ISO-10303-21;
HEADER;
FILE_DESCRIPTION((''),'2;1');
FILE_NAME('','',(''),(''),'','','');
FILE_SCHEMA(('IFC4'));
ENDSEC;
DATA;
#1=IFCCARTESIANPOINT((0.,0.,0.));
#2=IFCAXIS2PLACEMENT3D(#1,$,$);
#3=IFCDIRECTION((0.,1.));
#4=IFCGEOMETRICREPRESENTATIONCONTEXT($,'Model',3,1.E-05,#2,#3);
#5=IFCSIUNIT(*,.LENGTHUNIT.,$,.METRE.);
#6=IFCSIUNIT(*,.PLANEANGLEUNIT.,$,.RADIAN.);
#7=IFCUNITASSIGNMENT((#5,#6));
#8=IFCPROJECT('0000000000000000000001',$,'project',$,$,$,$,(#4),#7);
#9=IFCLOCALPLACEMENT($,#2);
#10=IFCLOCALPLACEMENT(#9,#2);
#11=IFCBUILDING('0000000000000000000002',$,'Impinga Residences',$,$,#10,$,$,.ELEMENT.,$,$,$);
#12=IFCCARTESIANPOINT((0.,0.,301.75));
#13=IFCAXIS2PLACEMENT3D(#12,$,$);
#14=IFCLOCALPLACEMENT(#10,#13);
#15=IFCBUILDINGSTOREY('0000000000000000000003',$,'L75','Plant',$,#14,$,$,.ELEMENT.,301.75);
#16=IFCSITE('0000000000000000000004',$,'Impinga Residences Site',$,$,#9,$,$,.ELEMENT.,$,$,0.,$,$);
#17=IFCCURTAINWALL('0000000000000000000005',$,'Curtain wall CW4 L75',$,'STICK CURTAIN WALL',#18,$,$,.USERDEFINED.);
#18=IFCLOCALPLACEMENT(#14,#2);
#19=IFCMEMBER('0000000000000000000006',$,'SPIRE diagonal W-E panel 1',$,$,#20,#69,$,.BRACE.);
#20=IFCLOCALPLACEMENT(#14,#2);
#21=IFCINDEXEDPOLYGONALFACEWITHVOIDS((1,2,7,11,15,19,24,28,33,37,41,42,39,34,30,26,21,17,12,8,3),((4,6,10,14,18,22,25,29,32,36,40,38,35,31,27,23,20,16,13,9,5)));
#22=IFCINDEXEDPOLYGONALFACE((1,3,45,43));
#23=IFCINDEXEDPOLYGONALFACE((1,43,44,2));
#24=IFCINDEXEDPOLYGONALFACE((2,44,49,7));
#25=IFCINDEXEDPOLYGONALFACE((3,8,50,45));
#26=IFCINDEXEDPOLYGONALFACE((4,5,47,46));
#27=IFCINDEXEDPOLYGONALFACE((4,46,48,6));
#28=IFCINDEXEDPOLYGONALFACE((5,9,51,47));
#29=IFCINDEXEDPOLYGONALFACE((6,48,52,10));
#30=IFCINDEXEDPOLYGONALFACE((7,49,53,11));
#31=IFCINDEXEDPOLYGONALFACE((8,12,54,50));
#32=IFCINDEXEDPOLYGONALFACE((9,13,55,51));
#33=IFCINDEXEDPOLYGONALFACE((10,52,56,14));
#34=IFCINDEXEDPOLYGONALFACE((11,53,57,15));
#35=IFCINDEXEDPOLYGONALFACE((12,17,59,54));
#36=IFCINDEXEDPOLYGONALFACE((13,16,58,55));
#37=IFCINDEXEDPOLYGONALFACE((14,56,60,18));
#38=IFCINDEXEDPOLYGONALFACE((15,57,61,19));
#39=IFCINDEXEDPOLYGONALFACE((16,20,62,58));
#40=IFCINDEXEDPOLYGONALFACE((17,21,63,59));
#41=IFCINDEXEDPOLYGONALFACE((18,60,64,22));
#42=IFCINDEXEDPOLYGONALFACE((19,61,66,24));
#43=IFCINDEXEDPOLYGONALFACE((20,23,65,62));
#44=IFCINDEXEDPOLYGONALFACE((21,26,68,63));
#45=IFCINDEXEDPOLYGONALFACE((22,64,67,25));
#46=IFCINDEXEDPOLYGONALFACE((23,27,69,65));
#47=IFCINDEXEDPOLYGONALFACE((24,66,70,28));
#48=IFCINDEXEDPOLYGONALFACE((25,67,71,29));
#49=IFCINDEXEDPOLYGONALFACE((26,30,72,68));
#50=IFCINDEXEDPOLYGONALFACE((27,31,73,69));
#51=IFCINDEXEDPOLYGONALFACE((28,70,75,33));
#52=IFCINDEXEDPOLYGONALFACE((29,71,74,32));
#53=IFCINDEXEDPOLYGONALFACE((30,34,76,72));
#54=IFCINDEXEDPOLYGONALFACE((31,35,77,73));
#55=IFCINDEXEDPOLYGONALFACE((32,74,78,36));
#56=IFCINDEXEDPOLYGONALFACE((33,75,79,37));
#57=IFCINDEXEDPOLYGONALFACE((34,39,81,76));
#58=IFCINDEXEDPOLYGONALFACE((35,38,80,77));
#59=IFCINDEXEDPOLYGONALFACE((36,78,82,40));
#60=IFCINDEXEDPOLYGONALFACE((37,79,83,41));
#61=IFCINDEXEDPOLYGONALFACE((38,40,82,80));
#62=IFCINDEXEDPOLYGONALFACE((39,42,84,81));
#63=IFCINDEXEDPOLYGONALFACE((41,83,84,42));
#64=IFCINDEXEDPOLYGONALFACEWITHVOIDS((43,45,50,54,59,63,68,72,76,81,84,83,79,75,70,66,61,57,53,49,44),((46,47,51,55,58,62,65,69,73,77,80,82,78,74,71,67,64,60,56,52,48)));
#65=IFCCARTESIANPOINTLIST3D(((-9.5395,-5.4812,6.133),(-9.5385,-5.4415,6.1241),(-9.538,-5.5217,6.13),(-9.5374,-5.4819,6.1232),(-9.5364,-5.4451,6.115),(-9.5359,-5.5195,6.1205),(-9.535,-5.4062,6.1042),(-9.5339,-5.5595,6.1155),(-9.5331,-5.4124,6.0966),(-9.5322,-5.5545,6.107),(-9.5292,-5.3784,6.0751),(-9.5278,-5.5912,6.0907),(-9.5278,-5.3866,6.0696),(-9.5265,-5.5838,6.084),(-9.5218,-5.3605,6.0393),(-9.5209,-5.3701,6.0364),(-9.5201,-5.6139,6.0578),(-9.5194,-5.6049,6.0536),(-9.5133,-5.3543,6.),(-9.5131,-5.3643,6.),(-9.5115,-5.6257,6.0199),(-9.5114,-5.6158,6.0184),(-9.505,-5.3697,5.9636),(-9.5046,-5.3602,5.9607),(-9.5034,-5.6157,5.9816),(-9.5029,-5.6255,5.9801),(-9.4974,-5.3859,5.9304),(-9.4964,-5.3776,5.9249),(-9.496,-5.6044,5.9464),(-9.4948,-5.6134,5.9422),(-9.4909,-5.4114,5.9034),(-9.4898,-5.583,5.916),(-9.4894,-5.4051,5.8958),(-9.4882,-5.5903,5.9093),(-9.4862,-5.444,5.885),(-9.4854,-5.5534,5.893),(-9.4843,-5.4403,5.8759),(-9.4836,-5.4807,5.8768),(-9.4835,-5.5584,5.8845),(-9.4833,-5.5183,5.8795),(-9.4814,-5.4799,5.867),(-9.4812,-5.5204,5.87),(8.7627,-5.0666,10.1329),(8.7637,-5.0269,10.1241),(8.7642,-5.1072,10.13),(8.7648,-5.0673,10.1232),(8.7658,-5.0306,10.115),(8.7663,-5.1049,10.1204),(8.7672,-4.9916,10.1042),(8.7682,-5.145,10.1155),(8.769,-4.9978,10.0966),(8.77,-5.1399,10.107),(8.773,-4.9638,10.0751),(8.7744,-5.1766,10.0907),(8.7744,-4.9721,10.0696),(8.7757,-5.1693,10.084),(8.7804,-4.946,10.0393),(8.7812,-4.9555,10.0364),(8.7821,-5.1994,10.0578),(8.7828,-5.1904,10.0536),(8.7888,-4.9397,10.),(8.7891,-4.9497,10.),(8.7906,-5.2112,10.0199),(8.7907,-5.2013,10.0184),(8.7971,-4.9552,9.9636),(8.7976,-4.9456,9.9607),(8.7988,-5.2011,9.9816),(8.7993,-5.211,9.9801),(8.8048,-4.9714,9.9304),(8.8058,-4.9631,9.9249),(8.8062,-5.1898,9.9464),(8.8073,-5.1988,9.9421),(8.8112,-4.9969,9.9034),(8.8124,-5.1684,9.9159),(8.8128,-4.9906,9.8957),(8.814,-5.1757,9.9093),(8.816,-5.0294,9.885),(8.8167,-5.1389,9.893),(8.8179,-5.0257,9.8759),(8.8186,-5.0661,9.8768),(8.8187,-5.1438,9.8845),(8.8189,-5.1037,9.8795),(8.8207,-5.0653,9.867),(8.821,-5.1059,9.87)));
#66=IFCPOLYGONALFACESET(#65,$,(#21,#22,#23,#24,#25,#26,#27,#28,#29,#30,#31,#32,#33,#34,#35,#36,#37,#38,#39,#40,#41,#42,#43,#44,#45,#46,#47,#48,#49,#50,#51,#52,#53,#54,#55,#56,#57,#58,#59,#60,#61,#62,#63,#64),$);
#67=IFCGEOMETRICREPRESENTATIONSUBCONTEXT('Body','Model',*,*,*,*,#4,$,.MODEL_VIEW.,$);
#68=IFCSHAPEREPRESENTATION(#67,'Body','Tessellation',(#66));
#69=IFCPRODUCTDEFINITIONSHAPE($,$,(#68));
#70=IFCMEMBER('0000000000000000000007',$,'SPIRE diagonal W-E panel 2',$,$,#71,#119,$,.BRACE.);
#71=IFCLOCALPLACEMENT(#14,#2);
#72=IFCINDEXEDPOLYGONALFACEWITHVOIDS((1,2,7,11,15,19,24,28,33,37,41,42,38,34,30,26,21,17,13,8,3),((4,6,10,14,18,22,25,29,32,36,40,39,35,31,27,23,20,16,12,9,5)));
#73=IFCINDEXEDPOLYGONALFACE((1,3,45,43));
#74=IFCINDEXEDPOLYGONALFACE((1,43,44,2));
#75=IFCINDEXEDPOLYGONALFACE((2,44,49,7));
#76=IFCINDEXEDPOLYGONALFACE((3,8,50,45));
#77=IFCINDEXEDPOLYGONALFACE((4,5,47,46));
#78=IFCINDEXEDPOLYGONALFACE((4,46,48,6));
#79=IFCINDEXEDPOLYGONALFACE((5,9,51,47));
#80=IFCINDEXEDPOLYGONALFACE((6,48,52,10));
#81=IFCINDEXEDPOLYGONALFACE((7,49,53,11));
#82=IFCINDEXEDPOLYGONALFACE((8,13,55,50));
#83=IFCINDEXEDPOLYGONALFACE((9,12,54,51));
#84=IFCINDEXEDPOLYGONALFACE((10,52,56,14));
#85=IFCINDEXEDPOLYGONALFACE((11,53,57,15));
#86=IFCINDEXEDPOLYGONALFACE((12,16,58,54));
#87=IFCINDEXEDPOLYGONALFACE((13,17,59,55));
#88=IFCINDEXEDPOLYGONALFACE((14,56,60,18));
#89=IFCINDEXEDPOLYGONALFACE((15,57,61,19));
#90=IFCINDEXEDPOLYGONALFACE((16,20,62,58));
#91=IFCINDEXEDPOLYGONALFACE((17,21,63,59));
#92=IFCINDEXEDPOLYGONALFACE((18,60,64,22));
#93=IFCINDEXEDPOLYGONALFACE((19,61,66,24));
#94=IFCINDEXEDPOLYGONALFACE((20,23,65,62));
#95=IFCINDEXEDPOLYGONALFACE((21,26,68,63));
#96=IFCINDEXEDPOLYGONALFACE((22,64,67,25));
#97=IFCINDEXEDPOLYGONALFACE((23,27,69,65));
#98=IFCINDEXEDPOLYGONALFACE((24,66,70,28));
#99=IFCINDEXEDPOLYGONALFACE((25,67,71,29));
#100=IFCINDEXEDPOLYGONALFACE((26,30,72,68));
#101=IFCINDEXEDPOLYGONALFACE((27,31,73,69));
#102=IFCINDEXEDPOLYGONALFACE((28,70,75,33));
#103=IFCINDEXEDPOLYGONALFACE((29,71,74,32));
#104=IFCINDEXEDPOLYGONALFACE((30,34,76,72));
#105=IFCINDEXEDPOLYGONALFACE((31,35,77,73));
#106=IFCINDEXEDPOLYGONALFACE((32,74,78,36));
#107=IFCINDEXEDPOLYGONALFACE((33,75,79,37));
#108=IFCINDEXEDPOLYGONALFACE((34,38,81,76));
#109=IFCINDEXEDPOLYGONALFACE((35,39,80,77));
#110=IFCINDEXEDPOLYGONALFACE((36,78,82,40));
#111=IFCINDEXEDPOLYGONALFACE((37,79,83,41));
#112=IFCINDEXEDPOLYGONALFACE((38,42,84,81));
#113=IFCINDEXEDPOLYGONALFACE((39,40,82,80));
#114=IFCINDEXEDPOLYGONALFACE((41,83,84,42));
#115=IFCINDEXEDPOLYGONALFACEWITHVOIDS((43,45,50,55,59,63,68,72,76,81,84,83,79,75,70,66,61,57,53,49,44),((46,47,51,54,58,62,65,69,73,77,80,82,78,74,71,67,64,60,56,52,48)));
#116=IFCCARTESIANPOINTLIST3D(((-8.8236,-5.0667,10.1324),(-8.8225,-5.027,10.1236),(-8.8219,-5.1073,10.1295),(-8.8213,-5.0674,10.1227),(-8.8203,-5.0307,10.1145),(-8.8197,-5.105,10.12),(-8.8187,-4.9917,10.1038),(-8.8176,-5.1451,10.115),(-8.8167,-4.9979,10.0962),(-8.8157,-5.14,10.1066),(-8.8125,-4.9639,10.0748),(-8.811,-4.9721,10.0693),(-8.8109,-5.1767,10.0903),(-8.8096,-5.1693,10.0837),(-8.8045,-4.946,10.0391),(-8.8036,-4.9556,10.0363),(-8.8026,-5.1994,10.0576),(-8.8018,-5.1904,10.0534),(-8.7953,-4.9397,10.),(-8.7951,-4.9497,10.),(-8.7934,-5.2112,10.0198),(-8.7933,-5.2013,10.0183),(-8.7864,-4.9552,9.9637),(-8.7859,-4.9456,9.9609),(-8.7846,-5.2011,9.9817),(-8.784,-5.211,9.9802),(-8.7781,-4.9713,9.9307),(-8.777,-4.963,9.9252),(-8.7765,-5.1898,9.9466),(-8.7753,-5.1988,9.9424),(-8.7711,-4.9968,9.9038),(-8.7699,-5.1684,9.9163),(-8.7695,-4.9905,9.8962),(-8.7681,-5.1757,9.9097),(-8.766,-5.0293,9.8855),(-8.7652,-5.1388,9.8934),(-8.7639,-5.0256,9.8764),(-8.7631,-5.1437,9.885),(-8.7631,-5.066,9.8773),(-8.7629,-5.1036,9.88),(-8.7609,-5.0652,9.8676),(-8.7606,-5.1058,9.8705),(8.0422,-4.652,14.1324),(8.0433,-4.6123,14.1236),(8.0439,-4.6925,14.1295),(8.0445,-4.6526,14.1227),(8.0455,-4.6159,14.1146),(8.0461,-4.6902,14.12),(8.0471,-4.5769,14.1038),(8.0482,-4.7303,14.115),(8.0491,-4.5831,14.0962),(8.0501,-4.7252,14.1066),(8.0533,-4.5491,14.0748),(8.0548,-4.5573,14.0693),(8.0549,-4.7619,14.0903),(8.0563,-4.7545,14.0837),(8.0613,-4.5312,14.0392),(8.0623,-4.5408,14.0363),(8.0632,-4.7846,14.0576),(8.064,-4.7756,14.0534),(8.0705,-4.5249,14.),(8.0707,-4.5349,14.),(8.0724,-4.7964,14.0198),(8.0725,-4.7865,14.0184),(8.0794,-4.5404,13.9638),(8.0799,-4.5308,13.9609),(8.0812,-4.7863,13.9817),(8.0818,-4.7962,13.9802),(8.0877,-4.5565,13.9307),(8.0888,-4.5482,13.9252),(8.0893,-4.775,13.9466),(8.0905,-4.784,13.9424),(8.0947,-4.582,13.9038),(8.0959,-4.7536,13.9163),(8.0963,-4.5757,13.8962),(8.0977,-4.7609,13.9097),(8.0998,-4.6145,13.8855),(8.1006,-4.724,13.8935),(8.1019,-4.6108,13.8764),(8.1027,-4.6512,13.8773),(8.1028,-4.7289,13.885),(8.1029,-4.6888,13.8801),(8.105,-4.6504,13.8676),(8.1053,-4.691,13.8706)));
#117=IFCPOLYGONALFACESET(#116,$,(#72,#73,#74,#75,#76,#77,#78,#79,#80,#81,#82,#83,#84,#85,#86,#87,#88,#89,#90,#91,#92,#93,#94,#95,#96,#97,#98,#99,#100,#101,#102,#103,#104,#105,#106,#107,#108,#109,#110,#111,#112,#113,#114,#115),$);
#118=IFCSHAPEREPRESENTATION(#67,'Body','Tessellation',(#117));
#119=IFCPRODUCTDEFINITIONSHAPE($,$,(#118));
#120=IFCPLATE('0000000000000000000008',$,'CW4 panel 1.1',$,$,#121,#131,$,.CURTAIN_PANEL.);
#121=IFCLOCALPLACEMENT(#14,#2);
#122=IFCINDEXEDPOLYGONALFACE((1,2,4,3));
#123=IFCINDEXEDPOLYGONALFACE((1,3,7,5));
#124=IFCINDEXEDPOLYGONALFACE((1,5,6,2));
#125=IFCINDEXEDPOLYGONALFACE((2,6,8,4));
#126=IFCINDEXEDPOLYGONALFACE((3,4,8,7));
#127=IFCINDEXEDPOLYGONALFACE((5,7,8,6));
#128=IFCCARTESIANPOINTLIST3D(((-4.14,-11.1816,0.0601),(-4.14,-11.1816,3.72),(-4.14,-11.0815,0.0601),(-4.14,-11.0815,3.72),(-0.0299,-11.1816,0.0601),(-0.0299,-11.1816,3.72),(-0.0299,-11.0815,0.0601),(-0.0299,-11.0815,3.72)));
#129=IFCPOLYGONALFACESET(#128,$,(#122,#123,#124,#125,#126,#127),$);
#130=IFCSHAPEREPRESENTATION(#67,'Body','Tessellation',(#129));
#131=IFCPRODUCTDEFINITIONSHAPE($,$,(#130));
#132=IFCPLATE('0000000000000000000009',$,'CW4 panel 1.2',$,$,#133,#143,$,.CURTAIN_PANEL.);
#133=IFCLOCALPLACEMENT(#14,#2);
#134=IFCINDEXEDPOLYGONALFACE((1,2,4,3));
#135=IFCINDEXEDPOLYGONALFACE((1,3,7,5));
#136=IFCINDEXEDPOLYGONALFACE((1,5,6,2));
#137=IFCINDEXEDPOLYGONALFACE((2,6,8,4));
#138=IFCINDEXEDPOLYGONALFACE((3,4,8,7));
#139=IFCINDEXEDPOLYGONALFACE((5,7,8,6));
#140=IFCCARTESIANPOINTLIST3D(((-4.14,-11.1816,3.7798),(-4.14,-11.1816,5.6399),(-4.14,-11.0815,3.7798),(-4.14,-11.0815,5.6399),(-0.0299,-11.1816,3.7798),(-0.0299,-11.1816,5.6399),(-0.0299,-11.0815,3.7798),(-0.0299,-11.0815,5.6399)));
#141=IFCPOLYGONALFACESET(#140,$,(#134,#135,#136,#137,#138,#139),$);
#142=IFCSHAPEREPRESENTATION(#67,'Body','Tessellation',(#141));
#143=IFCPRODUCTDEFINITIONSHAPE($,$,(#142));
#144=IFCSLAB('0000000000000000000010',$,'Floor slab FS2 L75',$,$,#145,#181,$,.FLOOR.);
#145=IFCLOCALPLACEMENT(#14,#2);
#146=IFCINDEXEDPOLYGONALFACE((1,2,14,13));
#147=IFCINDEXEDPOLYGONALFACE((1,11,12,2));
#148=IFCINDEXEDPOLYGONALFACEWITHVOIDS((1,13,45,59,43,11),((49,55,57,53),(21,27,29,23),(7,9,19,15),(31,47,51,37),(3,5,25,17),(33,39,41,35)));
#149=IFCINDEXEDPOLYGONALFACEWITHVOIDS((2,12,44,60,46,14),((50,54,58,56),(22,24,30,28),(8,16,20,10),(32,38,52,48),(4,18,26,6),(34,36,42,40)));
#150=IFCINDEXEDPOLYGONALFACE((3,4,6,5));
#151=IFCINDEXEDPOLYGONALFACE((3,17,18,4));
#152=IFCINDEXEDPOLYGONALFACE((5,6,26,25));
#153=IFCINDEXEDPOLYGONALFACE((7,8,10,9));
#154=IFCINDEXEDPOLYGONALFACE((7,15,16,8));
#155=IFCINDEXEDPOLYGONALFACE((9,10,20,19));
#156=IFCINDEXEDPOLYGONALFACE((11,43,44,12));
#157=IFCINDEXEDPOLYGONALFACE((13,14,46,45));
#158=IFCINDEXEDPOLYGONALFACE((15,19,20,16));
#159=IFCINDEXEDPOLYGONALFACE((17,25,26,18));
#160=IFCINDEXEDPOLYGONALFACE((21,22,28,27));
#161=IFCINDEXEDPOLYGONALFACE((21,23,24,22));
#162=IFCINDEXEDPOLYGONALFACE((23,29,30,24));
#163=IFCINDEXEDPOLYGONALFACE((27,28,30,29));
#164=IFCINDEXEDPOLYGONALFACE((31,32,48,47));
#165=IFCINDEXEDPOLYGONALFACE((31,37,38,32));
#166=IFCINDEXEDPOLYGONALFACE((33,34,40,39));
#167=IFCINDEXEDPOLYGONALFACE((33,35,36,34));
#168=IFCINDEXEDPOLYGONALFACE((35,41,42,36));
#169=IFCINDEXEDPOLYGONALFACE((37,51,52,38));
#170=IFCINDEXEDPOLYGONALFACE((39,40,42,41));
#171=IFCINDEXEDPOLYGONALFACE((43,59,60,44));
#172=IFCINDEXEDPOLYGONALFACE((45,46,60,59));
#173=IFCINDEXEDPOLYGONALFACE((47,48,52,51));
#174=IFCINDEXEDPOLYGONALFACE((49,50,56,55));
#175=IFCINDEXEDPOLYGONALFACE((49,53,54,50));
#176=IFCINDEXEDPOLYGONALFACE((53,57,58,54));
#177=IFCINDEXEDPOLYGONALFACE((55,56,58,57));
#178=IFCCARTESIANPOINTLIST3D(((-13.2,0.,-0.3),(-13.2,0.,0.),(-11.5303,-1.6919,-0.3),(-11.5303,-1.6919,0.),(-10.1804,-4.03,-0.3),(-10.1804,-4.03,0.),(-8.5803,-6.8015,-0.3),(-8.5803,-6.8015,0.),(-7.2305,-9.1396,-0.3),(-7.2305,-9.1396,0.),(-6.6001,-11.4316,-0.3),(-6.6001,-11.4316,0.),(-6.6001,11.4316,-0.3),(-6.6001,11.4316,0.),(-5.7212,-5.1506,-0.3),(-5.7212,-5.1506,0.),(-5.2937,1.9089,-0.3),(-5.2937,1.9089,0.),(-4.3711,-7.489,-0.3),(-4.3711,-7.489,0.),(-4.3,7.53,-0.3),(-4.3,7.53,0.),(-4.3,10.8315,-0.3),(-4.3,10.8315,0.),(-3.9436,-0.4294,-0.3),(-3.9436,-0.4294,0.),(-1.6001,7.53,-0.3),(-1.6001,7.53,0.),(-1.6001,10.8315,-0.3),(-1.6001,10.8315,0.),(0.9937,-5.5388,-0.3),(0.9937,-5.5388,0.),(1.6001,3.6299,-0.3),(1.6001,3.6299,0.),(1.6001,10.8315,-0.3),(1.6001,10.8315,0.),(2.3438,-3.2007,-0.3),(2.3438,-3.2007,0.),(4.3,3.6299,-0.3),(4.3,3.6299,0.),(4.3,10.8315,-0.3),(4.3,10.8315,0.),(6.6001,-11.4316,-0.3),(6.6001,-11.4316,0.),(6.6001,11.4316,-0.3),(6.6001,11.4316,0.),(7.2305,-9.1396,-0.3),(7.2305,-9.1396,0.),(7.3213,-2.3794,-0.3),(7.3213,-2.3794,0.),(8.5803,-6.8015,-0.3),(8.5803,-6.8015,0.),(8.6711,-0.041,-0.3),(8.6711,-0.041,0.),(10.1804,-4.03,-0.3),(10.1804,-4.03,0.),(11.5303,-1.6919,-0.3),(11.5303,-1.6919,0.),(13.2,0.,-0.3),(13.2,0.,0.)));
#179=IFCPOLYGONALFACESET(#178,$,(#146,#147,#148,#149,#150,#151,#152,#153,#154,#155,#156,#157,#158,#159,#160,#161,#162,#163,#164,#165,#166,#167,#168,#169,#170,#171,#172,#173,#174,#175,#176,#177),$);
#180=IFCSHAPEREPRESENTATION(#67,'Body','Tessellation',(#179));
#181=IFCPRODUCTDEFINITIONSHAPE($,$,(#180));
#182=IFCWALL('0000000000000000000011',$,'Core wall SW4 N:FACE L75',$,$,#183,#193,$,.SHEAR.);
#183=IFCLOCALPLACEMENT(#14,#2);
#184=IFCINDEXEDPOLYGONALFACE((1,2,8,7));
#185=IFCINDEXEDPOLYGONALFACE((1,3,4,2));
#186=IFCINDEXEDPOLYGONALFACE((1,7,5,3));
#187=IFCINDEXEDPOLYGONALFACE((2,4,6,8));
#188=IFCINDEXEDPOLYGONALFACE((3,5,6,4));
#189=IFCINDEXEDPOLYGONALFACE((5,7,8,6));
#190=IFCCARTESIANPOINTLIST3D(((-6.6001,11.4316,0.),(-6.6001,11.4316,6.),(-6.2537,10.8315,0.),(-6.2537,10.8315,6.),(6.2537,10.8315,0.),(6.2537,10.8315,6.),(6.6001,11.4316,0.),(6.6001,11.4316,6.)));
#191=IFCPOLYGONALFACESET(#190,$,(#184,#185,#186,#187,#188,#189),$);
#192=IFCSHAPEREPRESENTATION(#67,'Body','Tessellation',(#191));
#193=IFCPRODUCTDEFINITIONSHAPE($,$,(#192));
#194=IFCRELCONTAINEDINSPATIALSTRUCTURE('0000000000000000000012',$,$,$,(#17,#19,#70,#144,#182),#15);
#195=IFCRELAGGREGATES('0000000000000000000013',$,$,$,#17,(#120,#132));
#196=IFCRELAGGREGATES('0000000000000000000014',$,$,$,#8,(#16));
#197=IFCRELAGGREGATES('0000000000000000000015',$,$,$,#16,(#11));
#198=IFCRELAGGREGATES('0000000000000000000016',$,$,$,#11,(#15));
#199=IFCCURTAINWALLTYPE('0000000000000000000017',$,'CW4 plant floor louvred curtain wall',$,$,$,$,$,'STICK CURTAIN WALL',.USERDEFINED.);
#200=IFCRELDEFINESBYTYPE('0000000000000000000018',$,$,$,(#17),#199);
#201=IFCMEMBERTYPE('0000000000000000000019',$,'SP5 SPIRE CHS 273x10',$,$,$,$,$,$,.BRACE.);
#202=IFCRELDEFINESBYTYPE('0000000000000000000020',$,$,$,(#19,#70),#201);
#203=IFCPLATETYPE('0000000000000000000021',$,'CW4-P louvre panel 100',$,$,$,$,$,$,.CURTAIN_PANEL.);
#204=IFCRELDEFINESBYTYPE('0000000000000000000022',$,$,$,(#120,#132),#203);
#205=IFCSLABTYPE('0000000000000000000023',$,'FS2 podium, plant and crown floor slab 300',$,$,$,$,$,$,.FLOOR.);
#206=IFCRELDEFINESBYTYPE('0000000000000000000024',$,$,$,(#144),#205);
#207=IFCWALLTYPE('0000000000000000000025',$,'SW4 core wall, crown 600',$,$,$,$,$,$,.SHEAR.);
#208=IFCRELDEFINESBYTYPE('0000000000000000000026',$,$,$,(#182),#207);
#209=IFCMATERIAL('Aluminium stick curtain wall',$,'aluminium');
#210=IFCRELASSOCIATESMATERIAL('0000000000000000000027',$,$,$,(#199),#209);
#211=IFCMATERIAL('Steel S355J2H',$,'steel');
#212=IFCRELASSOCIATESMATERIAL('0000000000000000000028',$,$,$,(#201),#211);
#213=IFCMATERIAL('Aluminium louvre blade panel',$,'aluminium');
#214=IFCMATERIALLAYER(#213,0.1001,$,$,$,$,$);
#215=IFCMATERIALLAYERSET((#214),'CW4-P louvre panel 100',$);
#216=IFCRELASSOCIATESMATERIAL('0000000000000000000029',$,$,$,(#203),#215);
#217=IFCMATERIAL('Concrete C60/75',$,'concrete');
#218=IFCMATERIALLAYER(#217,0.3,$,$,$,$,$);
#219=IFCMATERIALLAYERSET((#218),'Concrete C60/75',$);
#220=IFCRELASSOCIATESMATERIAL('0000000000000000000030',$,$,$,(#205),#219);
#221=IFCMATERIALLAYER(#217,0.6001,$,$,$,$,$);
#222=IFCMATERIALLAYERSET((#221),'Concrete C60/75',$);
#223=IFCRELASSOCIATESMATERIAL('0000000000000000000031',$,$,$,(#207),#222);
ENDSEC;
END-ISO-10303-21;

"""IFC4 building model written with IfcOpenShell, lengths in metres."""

from ifc_helpers import new_model, si_unit, direction, frame, origin, origin_2d, place, context, subcontext, project, spatial, polyline, rectangle, hollow_circle, outline, extrude, material, layer, layer_set, material_profile, profile_set, type_object, element, aggregate, save


model = new_model("IFC4")

# Units and contexts
model_context = context("Model", 3, precision=1e-05, world=origin(), true_north=direction((0.0, 1.0)))
body_context = subcontext(model_context, "Body", "Model", "MODEL_VIEW")
ifc_project = project(units=[si_unit("LENGTHUNIT", "METRE"), si_unit("PLANEANGLEUNIT", "RADIAN")], contexts=[model_context])

# Site, building, storey
site_placement = place(None, origin())
site = spatial("IfcSite", under=ifc_project, at=site_placement, Name="Impinga Residences Site", CompositionType="ELEMENT", RefElevation=0.0)
building_placement = place(site_placement, origin())
building = spatial("IfcBuilding", under=site, at=building_placement, Name="Impinga Residences", CompositionType="ELEMENT")
storey_placement = place(building_placement, frame((0.0, 0.0, 301.75)))
storey = spatial("IfcBuildingStorey", under=building, at=storey_placement, Name="L75", Description="Plant", CompositionType="ELEMENT", Elevation=301.75)

# Curtain wall
ifc_material_1 = material(Name="Aluminium stick curtain wall", Category="aluminium")
curtain_wall_type = type_object("IfcCurtainWallType", Name="CW4 plant floor louvred curtain wall", ElementType="STICK CURTAIN WALL", PredefinedType="USERDEFINED", material=ifc_material_1)
curtain_wall_placement = place(storey_placement, origin())
curtain_wall = element("IfcCurtainWall", 1, at=curtain_wall_placement, inside=storey, type_object=curtain_wall_type, Name="Curtain wall CW4 L75", ObjectType="STICK CURTAIN WALL", PredefinedType="USERDEFINED")

# Members
ifc_material_2 = material(Name="Steel S355J2H", Category="steel")
ifc_material_profile_1 = material_profile(ifc_material_2, hollow_circle(Radius=0.1365, WallThickness=0.01, at=origin_2d()), Name="CHS 273x10")
ifc_profile_set_1 = profile_set([ifc_material_profile_1], Name="Steel S355J2H")
member_type_1 = type_object("IfcMemberType", Name="SP5 SPIRE CHS 273x10", PredefinedType="BRACE", material=ifc_profile_set_1)
member_1_placement = place(storey_placement, frame((-9.5103, -5.4907, 6.0), z_axis=(0.976701, 0.022123, 0.21346), x_axis=(-0.022644, 0.999744, 0.0)))
element("IfcMember", 2, at=member_1_placement, inside=storey, type_object=member_type_1, Name="SPIRE diagonal W-E panel 1", PredefinedType="BRACE", context=body_context, shape_type="SweptSolid", body=[
    extrude(hollow_circle(Radius=0.1365, WallThickness=0.01, at=origin_2d()), origin(), (0.0, 0.0, 1.0), 18.7388),
])
member_2_placement = place(storey_placement, frame((-8.792, -5.0762, 10.0), z_axis=(0.972731, 0.023923, 0.2307), x_axis=(-0.024587, 0.999698, 0.0)))
element("IfcMember", 3, at=member_2_placement, inside=storey, type_object=member_type_1, Name="SPIRE diagonal W-E panel 2", PredefinedType="BRACE", context=body_context, shape_type="SweptSolid", body=[
    extrude(hollow_circle(Radius=0.1365, WallThickness=0.01, at=origin_2d()), origin(), (0.0, 0.0, 1.0), 17.3386),
])

# Plates
ifc_material_3 = material(Name="Aluminium louvre blade panel", Category="aluminium")
ifc_layer_1 = layer(ifc_material_3, 0.1001)
ifc_layer_set_1 = layer_set([ifc_layer_1], Name="CW4-P louvre panel 100")
plate_type = type_object("IfcPlateType", Name="CW4-P louvre panel 100", PredefinedType="CURTAIN_PANEL", material=ifc_layer_set_1)
plate_1_placement = place(storey_placement, frame((-2.085, -11.1316, 0.0601), z_axis=(0.0, 0.0, 1.0), x_axis=(1.0, 0.0, 0.0)))
plate_1 = element("IfcPlate", 4, at=plate_1_placement, type_object=plate_type, Name="CW4 panel 1.1", PredefinedType="CURTAIN_PANEL", context=body_context, shape_type="SweptSolid", body=[
    extrude(rectangle(XDim=4.1101, YDim=0.1001, at=origin_2d()), origin(), (0.0, 0.0, 1.0), 3.6599),
])
plate_2_placement = place(storey_placement, frame((-2.085, -11.1316, 3.7798), z_axis=(0.0, 0.0, 1.0), x_axis=(1.0, 0.0, 0.0)))
plate_2 = element("IfcPlate", 5, at=plate_2_placement, type_object=plate_type, Name="CW4 panel 1.2", PredefinedType="CURTAIN_PANEL", context=body_context, shape_type="SweptSolid", body=[
    extrude(rectangle(XDim=4.1101, YDim=0.1001, at=origin_2d()), origin(), (0.0, 0.0, 1.0), 1.8601),
])
aggregate(curtain_wall, [plate_1, plate_2])

# Slab
ifc_material_4 = material(Name="Concrete C60/75", Category="concrete")
ifc_layer_2 = layer(ifc_material_4, 0.3)
ifc_layer_set_2 = layer_set([ifc_layer_2], Name="Concrete C60/75")
slab_type = type_object("IfcSlabType", Name="FS2 podium, plant and crown floor slab 300", PredefinedType="FLOOR", material=ifc_layer_set_2)
slab_placement = place(storey_placement, frame((0.0, 0.0, -0.3)))
element("IfcSlab", 6, at=slab_placement, inside=storey, type_object=slab_type, Name="Floor slab FS2 L75", PredefinedType="FLOOR", context=body_context, shape_type="SweptSolid", body=[
    extrude(outline(polyline([(6.6001, -11.4316), (-6.6001, -11.4316), (-13.2, 0.0), (-6.6001, 11.4316), (6.6001, 11.4316), (13.2, 0.0), (6.6001, -11.4316)]), holes=[polyline([(-7.2305, -9.1396), (-4.3711, -7.489), (-5.7212, -5.1506), (-8.5803, -6.8015), (-7.2305, -9.1396)]), polyline([(7.2305, -9.1396), (8.5803, -6.8015), (2.3438, -3.2007), (0.9937, -5.5388), (7.2305, -9.1396)]), polyline([(10.1804, -4.03), (11.5303, -1.6919), (8.6711, -0.041), (7.3213, -2.3794), (10.1804, -4.03)]), polyline([(-10.1804, -4.03), (-3.9436, -0.4294), (-5.2937, 1.9089), (-11.5303, -1.6919), (-10.1804, -4.03)]), polyline([(4.3, 10.8315), (1.6001, 10.8315), (1.6001, 3.6299), (4.3, 3.6299), (4.3, 10.8315)]), polyline([(-1.6001, 10.8315), (-4.3, 10.8315), (-4.3, 7.53), (-1.6001, 7.53), (-1.6001, 10.8315)])]), origin(), (0.0, 0.0, 1.0), 0.3),
])

# Wall
ifc_layer_3 = layer(ifc_material_4, 0.6001)
ifc_layer_set_3 = layer_set([ifc_layer_3], Name="Concrete C60/75")
wall_type_1 = type_object("IfcWallType", Name="SW4 core wall, crown 600", PredefinedType="SHEAR", material=ifc_layer_set_3)
wall_1_placement = place(storey_placement, origin())
element("IfcWall", 7, at=wall_1_placement, inside=storey, type_object=wall_type_1, Name="Core wall SW4 N:FACE L75", PredefinedType="SHEAR", context=body_context, shape_type="SweptSolid", body=[
    extrude(outline(polyline([(-6.6001, 11.4316), (6.6001, 11.4316), (6.2537, 10.8315), (-6.2537, 10.8315), (-6.6001, 11.4316)])), origin(), (0.0, 0.0, 1.0), 6.0),
])

save(model, "model.ifc")
